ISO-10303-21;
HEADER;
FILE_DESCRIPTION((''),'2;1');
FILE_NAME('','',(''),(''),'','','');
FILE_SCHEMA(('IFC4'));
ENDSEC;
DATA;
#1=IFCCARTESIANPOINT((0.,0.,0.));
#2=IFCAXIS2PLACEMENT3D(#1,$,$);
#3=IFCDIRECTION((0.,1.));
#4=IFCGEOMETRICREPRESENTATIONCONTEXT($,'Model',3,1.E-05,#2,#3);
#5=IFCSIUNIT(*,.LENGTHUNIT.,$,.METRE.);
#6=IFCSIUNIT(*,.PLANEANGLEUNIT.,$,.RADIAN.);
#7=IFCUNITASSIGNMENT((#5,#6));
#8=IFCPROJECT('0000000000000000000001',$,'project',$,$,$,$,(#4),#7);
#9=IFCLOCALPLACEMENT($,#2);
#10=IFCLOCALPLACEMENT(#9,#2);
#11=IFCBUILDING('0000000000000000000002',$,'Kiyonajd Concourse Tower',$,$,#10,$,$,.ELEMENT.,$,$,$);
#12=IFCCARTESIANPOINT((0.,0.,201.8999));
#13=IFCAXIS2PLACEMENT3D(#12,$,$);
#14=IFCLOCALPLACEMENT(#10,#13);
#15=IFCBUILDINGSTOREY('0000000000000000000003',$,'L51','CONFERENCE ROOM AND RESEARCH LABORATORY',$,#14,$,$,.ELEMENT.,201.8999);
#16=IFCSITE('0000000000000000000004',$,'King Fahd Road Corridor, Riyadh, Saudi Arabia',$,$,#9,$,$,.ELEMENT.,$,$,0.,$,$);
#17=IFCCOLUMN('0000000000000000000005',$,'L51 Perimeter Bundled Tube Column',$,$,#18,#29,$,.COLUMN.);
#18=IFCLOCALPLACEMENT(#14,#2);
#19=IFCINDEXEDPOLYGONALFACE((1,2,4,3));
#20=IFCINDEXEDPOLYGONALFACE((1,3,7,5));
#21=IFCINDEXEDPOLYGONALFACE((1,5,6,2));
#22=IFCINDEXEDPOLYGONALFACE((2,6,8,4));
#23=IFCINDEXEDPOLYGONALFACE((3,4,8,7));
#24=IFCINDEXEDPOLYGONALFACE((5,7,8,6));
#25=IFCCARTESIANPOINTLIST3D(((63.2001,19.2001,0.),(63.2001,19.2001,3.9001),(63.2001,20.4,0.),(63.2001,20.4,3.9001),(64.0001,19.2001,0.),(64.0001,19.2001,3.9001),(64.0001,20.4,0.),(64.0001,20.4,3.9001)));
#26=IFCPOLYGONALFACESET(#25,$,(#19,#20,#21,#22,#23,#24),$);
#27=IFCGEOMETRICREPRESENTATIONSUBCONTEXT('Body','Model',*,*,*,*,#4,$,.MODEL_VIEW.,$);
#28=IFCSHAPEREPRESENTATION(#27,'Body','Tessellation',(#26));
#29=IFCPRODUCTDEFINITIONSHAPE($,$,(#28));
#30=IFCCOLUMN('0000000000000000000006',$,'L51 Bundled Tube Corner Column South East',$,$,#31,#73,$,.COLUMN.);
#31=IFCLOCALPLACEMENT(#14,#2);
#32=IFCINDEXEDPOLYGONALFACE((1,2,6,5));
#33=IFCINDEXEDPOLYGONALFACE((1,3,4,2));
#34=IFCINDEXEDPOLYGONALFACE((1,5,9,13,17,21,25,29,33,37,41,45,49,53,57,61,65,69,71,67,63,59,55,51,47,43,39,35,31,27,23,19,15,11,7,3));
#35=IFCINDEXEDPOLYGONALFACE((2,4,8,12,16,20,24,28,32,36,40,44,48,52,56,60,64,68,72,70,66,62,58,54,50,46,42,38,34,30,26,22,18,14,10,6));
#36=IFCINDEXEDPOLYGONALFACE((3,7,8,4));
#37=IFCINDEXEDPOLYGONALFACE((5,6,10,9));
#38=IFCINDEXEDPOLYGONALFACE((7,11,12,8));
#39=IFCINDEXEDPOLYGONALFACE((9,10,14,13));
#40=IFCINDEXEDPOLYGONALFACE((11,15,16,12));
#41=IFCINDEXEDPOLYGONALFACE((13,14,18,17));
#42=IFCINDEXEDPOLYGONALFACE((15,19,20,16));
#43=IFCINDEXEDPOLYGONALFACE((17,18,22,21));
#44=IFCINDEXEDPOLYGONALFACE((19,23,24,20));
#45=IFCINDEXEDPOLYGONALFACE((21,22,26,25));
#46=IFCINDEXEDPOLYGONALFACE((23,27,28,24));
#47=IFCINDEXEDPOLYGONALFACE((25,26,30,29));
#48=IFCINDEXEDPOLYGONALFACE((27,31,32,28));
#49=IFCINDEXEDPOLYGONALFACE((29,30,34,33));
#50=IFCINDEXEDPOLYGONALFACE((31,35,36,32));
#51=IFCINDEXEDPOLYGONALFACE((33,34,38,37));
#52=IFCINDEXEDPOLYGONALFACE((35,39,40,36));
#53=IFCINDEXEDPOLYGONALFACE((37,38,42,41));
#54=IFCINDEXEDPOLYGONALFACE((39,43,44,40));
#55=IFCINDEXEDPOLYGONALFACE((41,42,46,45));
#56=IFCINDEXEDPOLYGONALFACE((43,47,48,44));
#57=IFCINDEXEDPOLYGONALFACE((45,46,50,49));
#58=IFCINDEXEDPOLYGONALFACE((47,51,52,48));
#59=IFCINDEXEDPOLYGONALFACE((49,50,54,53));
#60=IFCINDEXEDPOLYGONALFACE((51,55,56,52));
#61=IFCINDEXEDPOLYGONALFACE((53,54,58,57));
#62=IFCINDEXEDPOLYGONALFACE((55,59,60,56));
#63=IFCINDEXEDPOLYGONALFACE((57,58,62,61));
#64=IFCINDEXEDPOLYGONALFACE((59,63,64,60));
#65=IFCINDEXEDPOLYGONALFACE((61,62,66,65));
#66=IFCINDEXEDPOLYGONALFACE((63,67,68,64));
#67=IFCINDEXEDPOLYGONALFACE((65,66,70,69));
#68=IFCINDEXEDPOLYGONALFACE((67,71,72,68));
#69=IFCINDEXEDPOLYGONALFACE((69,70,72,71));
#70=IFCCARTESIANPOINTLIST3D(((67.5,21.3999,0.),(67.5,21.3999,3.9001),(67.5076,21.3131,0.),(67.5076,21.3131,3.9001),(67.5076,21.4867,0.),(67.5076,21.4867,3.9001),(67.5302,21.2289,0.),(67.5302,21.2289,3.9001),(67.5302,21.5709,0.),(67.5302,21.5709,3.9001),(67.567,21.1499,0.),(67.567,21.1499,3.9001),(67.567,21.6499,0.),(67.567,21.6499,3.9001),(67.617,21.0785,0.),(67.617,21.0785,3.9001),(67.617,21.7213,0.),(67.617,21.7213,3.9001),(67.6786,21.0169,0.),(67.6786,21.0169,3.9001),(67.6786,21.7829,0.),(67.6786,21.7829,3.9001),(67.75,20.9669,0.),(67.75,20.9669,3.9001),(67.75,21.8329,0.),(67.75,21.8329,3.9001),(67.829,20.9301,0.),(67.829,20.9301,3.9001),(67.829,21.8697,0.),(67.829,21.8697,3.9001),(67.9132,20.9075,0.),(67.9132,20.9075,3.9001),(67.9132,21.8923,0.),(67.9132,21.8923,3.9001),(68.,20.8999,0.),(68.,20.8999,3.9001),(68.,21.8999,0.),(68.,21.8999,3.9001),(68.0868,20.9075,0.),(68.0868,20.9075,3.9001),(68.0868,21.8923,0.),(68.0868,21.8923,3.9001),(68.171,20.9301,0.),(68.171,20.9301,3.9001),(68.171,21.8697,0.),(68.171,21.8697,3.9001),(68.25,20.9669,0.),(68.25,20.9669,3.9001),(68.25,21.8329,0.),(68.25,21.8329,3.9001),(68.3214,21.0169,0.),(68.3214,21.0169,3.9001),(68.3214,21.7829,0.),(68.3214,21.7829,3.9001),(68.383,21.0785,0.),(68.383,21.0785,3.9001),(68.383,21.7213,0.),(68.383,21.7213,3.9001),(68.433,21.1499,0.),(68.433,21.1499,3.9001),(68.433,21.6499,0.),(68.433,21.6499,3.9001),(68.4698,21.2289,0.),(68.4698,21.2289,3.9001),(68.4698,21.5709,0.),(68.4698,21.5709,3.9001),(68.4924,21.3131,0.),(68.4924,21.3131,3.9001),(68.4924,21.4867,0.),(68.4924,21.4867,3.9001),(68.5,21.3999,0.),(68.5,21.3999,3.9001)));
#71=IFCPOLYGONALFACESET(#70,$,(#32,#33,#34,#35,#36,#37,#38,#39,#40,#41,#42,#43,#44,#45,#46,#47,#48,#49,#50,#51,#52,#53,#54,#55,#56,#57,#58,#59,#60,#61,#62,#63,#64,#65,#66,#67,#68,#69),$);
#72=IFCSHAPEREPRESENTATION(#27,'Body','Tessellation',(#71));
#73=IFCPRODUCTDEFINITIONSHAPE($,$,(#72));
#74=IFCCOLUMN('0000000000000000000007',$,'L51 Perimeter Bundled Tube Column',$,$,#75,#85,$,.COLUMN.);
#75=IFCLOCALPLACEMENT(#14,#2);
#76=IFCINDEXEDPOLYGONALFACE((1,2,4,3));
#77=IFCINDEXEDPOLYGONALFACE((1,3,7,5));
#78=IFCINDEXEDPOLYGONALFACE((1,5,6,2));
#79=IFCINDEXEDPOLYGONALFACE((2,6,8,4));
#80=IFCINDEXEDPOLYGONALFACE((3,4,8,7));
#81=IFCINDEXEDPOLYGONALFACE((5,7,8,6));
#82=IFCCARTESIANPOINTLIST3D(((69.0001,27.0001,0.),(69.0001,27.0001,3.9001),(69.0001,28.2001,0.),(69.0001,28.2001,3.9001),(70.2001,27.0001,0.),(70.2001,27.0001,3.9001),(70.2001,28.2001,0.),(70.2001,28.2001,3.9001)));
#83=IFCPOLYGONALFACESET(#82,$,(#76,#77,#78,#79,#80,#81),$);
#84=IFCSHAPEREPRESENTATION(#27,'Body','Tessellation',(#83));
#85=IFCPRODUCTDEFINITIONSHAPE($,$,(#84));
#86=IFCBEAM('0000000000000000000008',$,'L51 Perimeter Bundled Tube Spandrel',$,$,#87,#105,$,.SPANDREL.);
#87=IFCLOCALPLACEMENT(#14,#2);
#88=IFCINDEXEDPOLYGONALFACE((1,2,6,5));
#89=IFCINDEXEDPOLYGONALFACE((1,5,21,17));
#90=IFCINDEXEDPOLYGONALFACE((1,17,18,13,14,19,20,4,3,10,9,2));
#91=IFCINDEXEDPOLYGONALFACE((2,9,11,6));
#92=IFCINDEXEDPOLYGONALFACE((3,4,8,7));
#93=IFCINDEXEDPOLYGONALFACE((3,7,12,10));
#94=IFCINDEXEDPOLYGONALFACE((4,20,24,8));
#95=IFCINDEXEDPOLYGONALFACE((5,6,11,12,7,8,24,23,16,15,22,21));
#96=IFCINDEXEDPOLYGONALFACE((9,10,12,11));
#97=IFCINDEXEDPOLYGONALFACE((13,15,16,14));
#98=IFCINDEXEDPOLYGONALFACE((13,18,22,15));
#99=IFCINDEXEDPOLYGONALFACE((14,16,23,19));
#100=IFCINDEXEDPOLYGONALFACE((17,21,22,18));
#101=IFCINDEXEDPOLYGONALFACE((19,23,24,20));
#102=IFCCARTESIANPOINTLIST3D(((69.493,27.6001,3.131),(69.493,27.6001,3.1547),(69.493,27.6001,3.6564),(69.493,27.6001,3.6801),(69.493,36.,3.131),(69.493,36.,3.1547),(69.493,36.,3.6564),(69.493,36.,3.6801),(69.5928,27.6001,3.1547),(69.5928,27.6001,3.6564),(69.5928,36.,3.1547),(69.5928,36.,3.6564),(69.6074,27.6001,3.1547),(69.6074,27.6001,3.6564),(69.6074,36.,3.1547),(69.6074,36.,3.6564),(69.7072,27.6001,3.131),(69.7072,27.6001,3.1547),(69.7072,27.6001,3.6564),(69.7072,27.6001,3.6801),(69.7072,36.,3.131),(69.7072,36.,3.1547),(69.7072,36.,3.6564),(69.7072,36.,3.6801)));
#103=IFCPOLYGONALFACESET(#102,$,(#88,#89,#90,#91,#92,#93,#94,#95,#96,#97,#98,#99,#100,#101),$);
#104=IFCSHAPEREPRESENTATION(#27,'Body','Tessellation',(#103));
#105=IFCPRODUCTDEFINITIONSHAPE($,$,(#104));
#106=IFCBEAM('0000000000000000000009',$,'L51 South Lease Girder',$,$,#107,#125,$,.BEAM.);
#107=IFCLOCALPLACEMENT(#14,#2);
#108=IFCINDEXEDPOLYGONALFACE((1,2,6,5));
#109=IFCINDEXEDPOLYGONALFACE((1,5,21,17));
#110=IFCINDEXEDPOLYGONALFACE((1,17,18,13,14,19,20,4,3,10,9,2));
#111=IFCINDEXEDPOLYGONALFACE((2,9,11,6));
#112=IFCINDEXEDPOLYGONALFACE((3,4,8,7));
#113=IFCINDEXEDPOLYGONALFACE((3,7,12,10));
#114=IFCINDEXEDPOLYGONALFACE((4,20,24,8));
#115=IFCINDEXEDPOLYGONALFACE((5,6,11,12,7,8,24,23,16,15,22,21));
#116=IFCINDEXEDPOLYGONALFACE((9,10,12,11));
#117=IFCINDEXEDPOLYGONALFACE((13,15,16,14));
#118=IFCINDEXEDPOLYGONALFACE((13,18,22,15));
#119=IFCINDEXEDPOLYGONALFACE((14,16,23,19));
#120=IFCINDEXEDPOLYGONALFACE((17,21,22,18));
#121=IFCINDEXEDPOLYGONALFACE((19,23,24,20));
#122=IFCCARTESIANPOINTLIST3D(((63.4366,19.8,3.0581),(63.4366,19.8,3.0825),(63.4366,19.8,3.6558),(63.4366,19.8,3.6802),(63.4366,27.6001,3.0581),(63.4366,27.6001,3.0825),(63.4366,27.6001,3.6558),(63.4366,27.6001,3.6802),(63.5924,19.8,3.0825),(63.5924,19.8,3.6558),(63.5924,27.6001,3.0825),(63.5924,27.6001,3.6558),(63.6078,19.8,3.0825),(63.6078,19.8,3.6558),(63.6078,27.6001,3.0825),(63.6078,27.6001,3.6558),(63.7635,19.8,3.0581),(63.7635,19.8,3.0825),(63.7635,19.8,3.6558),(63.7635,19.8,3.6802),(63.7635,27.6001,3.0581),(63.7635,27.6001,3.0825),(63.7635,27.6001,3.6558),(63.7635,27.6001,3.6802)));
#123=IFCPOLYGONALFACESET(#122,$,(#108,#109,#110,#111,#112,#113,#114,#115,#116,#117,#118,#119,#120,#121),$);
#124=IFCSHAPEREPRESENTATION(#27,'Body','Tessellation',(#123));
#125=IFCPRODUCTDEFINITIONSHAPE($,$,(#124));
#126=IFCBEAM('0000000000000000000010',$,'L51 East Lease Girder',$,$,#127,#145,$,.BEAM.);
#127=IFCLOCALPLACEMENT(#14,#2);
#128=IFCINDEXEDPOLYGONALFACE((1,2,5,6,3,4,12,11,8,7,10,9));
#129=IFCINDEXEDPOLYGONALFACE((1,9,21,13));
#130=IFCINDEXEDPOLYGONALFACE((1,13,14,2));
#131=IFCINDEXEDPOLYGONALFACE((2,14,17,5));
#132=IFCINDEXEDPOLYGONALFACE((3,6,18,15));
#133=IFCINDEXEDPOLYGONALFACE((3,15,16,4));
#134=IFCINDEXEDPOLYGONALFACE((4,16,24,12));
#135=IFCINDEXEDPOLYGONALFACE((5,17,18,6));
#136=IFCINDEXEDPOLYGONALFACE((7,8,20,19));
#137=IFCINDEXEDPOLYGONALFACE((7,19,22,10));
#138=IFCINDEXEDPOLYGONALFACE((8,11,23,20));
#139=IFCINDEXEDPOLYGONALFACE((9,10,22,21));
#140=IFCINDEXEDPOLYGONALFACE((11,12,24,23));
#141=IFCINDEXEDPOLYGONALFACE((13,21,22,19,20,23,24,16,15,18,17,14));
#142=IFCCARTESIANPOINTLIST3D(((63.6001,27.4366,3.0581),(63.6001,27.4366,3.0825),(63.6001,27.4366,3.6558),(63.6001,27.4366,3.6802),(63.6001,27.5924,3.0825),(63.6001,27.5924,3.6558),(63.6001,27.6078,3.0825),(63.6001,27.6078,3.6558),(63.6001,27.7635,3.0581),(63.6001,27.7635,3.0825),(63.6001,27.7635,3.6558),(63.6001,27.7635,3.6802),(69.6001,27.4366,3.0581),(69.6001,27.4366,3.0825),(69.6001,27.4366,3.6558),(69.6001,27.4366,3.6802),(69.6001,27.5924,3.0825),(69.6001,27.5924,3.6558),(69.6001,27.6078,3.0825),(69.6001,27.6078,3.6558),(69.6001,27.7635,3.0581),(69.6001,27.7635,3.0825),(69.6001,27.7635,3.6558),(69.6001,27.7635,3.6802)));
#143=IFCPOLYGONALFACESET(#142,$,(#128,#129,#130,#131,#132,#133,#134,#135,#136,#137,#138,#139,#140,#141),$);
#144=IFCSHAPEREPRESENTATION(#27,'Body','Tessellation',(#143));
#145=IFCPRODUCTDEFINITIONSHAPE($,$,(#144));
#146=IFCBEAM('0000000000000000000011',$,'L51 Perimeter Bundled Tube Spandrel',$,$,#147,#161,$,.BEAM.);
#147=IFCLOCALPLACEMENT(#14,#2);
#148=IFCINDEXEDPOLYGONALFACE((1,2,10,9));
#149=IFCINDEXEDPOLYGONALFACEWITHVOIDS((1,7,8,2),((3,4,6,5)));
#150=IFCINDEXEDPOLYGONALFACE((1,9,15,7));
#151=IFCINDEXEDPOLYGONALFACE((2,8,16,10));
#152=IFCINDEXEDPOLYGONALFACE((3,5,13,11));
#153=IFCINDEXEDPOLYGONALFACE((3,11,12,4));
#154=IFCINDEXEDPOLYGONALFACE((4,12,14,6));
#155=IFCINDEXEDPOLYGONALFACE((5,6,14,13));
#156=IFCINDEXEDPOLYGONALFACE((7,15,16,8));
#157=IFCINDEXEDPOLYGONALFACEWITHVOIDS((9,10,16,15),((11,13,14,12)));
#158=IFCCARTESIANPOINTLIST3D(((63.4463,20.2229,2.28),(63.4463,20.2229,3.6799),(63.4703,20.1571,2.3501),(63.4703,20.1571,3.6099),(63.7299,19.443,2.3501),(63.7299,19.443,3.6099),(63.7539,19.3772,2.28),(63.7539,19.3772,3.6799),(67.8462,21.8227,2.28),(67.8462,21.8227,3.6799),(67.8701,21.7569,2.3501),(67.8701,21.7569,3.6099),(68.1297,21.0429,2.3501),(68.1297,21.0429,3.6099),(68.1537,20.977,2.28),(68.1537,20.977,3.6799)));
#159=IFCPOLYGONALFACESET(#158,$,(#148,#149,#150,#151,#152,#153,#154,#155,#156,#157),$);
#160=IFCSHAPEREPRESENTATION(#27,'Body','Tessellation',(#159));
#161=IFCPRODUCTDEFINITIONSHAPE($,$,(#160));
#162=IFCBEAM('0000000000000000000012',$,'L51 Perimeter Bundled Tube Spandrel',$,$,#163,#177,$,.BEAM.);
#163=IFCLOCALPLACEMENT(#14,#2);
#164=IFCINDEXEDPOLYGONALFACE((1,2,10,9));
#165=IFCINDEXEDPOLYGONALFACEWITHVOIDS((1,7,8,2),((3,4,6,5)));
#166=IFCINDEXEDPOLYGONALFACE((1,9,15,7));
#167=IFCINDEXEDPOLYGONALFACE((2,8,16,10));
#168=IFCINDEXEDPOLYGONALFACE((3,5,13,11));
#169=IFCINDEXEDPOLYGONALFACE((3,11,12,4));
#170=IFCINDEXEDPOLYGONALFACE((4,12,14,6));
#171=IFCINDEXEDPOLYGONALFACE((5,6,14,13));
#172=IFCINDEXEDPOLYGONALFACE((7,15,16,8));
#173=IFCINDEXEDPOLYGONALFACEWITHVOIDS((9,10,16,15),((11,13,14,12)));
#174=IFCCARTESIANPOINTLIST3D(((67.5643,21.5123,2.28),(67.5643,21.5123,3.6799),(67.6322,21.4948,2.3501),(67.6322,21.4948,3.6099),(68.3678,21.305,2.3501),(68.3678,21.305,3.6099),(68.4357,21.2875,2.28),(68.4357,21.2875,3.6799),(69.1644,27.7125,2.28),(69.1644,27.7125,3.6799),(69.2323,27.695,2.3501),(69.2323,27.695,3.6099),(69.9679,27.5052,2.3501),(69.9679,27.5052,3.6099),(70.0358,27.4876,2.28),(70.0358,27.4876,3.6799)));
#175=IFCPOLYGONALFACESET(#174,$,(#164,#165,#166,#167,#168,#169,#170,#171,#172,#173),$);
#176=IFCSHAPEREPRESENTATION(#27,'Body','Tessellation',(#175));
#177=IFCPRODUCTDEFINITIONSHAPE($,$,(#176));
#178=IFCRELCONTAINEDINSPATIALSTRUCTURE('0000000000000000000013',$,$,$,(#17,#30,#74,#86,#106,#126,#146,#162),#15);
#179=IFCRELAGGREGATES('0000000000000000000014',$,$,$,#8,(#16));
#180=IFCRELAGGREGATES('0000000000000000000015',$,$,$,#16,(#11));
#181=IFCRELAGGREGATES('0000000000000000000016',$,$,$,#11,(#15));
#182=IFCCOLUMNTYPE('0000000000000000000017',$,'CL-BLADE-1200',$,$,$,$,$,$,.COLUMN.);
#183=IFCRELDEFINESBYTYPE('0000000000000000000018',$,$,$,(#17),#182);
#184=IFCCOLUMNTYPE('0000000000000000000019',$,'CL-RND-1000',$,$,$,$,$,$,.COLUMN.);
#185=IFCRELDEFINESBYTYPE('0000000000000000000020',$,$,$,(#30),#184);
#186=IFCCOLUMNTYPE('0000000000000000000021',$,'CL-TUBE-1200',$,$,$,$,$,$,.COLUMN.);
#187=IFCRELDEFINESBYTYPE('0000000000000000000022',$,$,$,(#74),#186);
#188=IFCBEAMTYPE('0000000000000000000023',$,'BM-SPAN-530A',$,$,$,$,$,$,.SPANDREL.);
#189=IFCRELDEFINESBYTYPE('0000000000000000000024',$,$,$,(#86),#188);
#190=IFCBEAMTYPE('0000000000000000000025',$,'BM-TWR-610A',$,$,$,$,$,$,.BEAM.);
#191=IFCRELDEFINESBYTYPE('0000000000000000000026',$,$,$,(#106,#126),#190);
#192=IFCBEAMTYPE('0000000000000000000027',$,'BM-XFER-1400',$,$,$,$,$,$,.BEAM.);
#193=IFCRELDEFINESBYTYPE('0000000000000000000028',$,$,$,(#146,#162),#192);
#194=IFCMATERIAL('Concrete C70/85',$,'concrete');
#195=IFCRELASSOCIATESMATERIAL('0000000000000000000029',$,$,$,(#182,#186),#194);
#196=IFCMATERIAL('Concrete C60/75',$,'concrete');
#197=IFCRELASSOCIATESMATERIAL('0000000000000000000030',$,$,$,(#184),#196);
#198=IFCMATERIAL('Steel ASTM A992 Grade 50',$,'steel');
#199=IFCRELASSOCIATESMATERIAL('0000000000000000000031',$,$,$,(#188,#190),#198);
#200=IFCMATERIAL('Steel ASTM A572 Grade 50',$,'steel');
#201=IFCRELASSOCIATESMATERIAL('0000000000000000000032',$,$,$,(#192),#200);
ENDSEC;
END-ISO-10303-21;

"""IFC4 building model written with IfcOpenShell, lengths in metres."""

from ifc_helpers import new_model, si_unit, direction, frame, origin, origin_2d, place, context, subcontext, project, spatial, rectangle, hollow_rectangle, circle, i_section, extrude, material, material_profile, profile_set, type_object, element, save


model = new_model("IFC4")

# Units and contexts
model_context = context("Model", 3, precision=1e-05, world=origin(), true_north=direction((0.0, 1.0)))
body_context = subcontext(model_context, "Body", "Model", "MODEL_VIEW")
ifc_project = project(units=[si_unit("LENGTHUNIT", "METRE"), si_unit("PLANEANGLEUNIT", "RADIAN")], contexts=[model_context])

# Site, building, storey
site_placement = place(None, origin())
site = spatial("IfcSite", under=ifc_project, at=site_placement, Name="King Fahd Road Corridor, Riyadh, Saudi Arabia", CompositionType="ELEMENT", RefElevation=0.0)
building_placement = place(site_placement, origin())
building = spatial("IfcBuilding", under=site, at=building_placement, Name="Kiyonajd Concourse Tower", CompositionType="ELEMENT")
storey_placement = place(building_placement, frame((0.0, 0.0, 201.8999)))
storey = spatial("IfcBuildingStorey", under=building, at=storey_placement, Name="L51", Description="CONFERENCE ROOM AND RESEARCH LABORATORY", CompositionType="ELEMENT", Elevation=201.8999)

# Columns
ifc_material_1 = material(Name="Concrete C70/85", Category="concrete")
ifc_material_profile_1 = material_profile(ifc_material_1, rectangle(XDim=0.8, YDim=1.2, at=origin_2d()), Name="RC-1200x800")
ifc_profile_set_1 = profile_set([ifc_material_profile_1], Name="Concrete C70/85")
column_type_1 = type_object("IfcColumnType", Name="CL-BLADE-1200", PredefinedType="COLUMN", material=ifc_profile_set_1)
column_1_placement = place(storey_placement, frame((63.6001, 19.8, 0.0), z_axis=(0.0, 0.0, 1.0), x_axis=(1.0, 0.0, 0.0)))
element("IfcColumn", 1, at=column_1_placement, inside=storey, type_object=column_type_1, Name="L51 Perimeter Bundled Tube Column", PredefinedType="COLUMN", context=body_context, shape_type="SweptSolid", body=[
    extrude(rectangle(XDim=0.8, YDim=1.2, at=origin_2d()), origin(), (0.0, 0.0, 1.0), 3.9001),
])
ifc_material_2 = material(Name="Concrete C60/75", Category="concrete")
ifc_material_profile_2 = material_profile(ifc_material_2, circle(Radius=0.5, at=origin_2d()), Name="RCC-D1000")
ifc_profile_set_2 = profile_set([ifc_material_profile_2], Name="Concrete C60/75")
column_type_2 = type_object("IfcColumnType", Name="CL-RND-1000", PredefinedType="COLUMN", material=ifc_profile_set_2)
column_2_placement = place(storey_placement, frame((68.0, 21.3999, 0.0), z_axis=(0.0, 0.0, 1.0), x_axis=(1.0, 0.0, 0.0)))
element("IfcColumn", 2, at=column_2_placement, inside=storey, type_object=column_type_2, Name="L51 Bundled Tube Corner Column South East", PredefinedType="COLUMN", context=body_context, shape_type="SweptSolid", body=[
    extrude(circle(Radius=0.5, at=origin_2d()), origin(), (0.0, 0.0, 1.0), 3.9001),
])
ifc_material_profile_3 = material_profile(ifc_material_1, rectangle(XDim=1.2, YDim=1.2, at=origin_2d()), Name="RC-1200x1200")
ifc_profile_set_3 = profile_set([ifc_material_profile_3], Name="Concrete C70/85")
column_type_3 = type_object("IfcColumnType", Name="CL-TUBE-1200", PredefinedType="COLUMN", material=ifc_profile_set_3)
column_3_placement = place(storey_placement, frame((69.6001, 27.6001, 0.0), z_axis=(0.0, 0.0, 1.0), x_axis=(1.0, 0.0, 0.0)))
element("IfcColumn", 3, at=column_3_placement, inside=storey, type_object=column_type_3, Name="L51 Perimeter Bundled Tube Column", PredefinedType="COLUMN", context=body_context, shape_type="SweptSolid", body=[
    extrude(rectangle(XDim=1.2, YDim=1.2, at=origin_2d()), origin(), (0.0, 0.0, 1.0), 3.9001),
])

# Beams
ifc_material_3 = material(Name="Steel ASTM A992 Grade 50", Category="steel")
ifc_material_profile_4 = material_profile(ifc_material_3, i_section(OverallWidth=0.2141, OverallDepth=0.5491, WebThickness=0.0146, FlangeThickness=0.0237, at=origin_2d()), Name="W530X138")
ifc_profile_set_4 = profile_set([ifc_material_profile_4], Name="Steel ASTM A992 Grade 50")
beam_type_1 = type_object("IfcBeamType", Name="BM-SPAN-530A", PredefinedType="SPANDREL", material=ifc_profile_set_4)
beam_1_placement = place(storey_placement, frame((69.6001, 27.6001, 3.4055), z_axis=(0.0, 1.0, 0.0), x_axis=(-1.0, 0.0, 0.0)))
element("IfcBeam", 4, at=beam_1_placement, inside=storey, type_object=beam_type_1, Name="L51 Perimeter Bundled Tube Spandrel", PredefinedType="SPANDREL", context=body_context, shape_type="SweptSolid", body=[
    extrude(i_section(OverallWidth=0.2141, OverallDepth=0.5491, WebThickness=0.0146, FlangeThickness=0.0237, at=origin_2d()), origin(), (0.0, 0.0, 1.0), 8.3999),
])
ifc_material_profile_5 = material_profile(ifc_material_3, i_section(OverallWidth=0.3269, OverallDepth=0.6221, WebThickness=0.0154, FlangeThickness=0.0244, at=origin_2d()), Name="W610X195")
ifc_profile_set_5 = profile_set([ifc_material_profile_5], Name="Steel ASTM A992 Grade 50")
beam_type_2 = type_object("IfcBeamType", Name="BM-TWR-610A", PredefinedType="BEAM", material=ifc_profile_set_5)
beam_2_placement = place(storey_placement, frame((63.6001, 19.8, 3.3691), z_axis=(0.0, 1.0, 0.0), x_axis=(-1.0, 0.0, 0.0)))
element("IfcBeam", 5, at=beam_2_placement, inside=storey, type_object=beam_type_2, Name="L51 South Lease Girder", PredefinedType="BEAM", context=body_context, shape_type="SweptSolid", body=[
    extrude(i_section(OverallWidth=0.3269, OverallDepth=0.6221, WebThickness=0.0154, FlangeThickness=0.0244, at=origin_2d()), origin(), (0.0, 0.0, 1.0), 7.8),
])
beam_3_placement = place(storey_placement, frame((63.6001, 27.6001, 3.3691), z_axis=(1.0, 0.0, 0.0), x_axis=(0.0, 1.0, 0.0)))
element("IfcBeam", 6, at=beam_3_placement, inside=storey, type_object=beam_type_2, Name="L51 East Lease Girder", PredefinedType="BEAM", context=body_context, shape_type="SweptSolid", body=[
    extrude(i_section(OverallWidth=0.3269, OverallDepth=0.6221, WebThickness=0.0154, FlangeThickness=0.0244, at=origin_2d()), origin(), (0.0, 0.0, 1.0), 6.0),
])
ifc_material_4 = material(Name="Steel ASTM A572 Grade 50", Category="steel")
ifc_material_profile_6 = material_profile(ifc_material_4, hollow_rectangle(XDim=0.8999, YDim=1.3999, WallThickness=0.0701, at=origin_2d()), Name="BOX-1400x900x70")
ifc_profile_set_6 = profile_set([ifc_material_profile_6], Name="Steel ASTM A572 Grade 50")
beam_type_3 = type_object("IfcBeamType", Name="BM-XFER-1400", PredefinedType="BEAM", material=ifc_profile_set_6)
beam_4_placement = place(storey_placement, frame((63.6001, 19.8, 2.98), z_axis=(0.939801, 0.341722, 0.0), x_axis=(-0.341722, 0.939801, 0.0)))
element("IfcBeam", 7, at=beam_4_placement, inside=storey, type_object=beam_type_3, Name="L51 Perimeter Bundled Tube Spandrel", PredefinedType="BEAM", context=body_context, shape_type="SweptSolid", body=[
    extrude(hollow_rectangle(XDim=0.8999, YDim=1.3999, WallThickness=0.0701, at=origin_2d()), origin(), (0.0, 0.0, 1.0), 4.6816),
])
beam_5_placement = place(storey_placement, frame((68.0, 21.3999, 2.98), z_axis=(0.249885, 0.968276, 0.0), x_axis=(-0.968276, 0.249885, 0.0)))
element("IfcBeam", 8, at=beam_5_placement, inside=storey, type_object=beam_type_3, Name="L51 Perimeter Bundled Tube Spandrel", PredefinedType="BEAM", context=body_context, shape_type="SweptSolid", body=[
    extrude(hollow_rectangle(XDim=0.8999, YDim=1.3999, WallThickness=0.0701, at=origin_2d()), origin(), (0.0, 0.0, 1.0), 6.4033),
])

save(model, "model.ifc")
